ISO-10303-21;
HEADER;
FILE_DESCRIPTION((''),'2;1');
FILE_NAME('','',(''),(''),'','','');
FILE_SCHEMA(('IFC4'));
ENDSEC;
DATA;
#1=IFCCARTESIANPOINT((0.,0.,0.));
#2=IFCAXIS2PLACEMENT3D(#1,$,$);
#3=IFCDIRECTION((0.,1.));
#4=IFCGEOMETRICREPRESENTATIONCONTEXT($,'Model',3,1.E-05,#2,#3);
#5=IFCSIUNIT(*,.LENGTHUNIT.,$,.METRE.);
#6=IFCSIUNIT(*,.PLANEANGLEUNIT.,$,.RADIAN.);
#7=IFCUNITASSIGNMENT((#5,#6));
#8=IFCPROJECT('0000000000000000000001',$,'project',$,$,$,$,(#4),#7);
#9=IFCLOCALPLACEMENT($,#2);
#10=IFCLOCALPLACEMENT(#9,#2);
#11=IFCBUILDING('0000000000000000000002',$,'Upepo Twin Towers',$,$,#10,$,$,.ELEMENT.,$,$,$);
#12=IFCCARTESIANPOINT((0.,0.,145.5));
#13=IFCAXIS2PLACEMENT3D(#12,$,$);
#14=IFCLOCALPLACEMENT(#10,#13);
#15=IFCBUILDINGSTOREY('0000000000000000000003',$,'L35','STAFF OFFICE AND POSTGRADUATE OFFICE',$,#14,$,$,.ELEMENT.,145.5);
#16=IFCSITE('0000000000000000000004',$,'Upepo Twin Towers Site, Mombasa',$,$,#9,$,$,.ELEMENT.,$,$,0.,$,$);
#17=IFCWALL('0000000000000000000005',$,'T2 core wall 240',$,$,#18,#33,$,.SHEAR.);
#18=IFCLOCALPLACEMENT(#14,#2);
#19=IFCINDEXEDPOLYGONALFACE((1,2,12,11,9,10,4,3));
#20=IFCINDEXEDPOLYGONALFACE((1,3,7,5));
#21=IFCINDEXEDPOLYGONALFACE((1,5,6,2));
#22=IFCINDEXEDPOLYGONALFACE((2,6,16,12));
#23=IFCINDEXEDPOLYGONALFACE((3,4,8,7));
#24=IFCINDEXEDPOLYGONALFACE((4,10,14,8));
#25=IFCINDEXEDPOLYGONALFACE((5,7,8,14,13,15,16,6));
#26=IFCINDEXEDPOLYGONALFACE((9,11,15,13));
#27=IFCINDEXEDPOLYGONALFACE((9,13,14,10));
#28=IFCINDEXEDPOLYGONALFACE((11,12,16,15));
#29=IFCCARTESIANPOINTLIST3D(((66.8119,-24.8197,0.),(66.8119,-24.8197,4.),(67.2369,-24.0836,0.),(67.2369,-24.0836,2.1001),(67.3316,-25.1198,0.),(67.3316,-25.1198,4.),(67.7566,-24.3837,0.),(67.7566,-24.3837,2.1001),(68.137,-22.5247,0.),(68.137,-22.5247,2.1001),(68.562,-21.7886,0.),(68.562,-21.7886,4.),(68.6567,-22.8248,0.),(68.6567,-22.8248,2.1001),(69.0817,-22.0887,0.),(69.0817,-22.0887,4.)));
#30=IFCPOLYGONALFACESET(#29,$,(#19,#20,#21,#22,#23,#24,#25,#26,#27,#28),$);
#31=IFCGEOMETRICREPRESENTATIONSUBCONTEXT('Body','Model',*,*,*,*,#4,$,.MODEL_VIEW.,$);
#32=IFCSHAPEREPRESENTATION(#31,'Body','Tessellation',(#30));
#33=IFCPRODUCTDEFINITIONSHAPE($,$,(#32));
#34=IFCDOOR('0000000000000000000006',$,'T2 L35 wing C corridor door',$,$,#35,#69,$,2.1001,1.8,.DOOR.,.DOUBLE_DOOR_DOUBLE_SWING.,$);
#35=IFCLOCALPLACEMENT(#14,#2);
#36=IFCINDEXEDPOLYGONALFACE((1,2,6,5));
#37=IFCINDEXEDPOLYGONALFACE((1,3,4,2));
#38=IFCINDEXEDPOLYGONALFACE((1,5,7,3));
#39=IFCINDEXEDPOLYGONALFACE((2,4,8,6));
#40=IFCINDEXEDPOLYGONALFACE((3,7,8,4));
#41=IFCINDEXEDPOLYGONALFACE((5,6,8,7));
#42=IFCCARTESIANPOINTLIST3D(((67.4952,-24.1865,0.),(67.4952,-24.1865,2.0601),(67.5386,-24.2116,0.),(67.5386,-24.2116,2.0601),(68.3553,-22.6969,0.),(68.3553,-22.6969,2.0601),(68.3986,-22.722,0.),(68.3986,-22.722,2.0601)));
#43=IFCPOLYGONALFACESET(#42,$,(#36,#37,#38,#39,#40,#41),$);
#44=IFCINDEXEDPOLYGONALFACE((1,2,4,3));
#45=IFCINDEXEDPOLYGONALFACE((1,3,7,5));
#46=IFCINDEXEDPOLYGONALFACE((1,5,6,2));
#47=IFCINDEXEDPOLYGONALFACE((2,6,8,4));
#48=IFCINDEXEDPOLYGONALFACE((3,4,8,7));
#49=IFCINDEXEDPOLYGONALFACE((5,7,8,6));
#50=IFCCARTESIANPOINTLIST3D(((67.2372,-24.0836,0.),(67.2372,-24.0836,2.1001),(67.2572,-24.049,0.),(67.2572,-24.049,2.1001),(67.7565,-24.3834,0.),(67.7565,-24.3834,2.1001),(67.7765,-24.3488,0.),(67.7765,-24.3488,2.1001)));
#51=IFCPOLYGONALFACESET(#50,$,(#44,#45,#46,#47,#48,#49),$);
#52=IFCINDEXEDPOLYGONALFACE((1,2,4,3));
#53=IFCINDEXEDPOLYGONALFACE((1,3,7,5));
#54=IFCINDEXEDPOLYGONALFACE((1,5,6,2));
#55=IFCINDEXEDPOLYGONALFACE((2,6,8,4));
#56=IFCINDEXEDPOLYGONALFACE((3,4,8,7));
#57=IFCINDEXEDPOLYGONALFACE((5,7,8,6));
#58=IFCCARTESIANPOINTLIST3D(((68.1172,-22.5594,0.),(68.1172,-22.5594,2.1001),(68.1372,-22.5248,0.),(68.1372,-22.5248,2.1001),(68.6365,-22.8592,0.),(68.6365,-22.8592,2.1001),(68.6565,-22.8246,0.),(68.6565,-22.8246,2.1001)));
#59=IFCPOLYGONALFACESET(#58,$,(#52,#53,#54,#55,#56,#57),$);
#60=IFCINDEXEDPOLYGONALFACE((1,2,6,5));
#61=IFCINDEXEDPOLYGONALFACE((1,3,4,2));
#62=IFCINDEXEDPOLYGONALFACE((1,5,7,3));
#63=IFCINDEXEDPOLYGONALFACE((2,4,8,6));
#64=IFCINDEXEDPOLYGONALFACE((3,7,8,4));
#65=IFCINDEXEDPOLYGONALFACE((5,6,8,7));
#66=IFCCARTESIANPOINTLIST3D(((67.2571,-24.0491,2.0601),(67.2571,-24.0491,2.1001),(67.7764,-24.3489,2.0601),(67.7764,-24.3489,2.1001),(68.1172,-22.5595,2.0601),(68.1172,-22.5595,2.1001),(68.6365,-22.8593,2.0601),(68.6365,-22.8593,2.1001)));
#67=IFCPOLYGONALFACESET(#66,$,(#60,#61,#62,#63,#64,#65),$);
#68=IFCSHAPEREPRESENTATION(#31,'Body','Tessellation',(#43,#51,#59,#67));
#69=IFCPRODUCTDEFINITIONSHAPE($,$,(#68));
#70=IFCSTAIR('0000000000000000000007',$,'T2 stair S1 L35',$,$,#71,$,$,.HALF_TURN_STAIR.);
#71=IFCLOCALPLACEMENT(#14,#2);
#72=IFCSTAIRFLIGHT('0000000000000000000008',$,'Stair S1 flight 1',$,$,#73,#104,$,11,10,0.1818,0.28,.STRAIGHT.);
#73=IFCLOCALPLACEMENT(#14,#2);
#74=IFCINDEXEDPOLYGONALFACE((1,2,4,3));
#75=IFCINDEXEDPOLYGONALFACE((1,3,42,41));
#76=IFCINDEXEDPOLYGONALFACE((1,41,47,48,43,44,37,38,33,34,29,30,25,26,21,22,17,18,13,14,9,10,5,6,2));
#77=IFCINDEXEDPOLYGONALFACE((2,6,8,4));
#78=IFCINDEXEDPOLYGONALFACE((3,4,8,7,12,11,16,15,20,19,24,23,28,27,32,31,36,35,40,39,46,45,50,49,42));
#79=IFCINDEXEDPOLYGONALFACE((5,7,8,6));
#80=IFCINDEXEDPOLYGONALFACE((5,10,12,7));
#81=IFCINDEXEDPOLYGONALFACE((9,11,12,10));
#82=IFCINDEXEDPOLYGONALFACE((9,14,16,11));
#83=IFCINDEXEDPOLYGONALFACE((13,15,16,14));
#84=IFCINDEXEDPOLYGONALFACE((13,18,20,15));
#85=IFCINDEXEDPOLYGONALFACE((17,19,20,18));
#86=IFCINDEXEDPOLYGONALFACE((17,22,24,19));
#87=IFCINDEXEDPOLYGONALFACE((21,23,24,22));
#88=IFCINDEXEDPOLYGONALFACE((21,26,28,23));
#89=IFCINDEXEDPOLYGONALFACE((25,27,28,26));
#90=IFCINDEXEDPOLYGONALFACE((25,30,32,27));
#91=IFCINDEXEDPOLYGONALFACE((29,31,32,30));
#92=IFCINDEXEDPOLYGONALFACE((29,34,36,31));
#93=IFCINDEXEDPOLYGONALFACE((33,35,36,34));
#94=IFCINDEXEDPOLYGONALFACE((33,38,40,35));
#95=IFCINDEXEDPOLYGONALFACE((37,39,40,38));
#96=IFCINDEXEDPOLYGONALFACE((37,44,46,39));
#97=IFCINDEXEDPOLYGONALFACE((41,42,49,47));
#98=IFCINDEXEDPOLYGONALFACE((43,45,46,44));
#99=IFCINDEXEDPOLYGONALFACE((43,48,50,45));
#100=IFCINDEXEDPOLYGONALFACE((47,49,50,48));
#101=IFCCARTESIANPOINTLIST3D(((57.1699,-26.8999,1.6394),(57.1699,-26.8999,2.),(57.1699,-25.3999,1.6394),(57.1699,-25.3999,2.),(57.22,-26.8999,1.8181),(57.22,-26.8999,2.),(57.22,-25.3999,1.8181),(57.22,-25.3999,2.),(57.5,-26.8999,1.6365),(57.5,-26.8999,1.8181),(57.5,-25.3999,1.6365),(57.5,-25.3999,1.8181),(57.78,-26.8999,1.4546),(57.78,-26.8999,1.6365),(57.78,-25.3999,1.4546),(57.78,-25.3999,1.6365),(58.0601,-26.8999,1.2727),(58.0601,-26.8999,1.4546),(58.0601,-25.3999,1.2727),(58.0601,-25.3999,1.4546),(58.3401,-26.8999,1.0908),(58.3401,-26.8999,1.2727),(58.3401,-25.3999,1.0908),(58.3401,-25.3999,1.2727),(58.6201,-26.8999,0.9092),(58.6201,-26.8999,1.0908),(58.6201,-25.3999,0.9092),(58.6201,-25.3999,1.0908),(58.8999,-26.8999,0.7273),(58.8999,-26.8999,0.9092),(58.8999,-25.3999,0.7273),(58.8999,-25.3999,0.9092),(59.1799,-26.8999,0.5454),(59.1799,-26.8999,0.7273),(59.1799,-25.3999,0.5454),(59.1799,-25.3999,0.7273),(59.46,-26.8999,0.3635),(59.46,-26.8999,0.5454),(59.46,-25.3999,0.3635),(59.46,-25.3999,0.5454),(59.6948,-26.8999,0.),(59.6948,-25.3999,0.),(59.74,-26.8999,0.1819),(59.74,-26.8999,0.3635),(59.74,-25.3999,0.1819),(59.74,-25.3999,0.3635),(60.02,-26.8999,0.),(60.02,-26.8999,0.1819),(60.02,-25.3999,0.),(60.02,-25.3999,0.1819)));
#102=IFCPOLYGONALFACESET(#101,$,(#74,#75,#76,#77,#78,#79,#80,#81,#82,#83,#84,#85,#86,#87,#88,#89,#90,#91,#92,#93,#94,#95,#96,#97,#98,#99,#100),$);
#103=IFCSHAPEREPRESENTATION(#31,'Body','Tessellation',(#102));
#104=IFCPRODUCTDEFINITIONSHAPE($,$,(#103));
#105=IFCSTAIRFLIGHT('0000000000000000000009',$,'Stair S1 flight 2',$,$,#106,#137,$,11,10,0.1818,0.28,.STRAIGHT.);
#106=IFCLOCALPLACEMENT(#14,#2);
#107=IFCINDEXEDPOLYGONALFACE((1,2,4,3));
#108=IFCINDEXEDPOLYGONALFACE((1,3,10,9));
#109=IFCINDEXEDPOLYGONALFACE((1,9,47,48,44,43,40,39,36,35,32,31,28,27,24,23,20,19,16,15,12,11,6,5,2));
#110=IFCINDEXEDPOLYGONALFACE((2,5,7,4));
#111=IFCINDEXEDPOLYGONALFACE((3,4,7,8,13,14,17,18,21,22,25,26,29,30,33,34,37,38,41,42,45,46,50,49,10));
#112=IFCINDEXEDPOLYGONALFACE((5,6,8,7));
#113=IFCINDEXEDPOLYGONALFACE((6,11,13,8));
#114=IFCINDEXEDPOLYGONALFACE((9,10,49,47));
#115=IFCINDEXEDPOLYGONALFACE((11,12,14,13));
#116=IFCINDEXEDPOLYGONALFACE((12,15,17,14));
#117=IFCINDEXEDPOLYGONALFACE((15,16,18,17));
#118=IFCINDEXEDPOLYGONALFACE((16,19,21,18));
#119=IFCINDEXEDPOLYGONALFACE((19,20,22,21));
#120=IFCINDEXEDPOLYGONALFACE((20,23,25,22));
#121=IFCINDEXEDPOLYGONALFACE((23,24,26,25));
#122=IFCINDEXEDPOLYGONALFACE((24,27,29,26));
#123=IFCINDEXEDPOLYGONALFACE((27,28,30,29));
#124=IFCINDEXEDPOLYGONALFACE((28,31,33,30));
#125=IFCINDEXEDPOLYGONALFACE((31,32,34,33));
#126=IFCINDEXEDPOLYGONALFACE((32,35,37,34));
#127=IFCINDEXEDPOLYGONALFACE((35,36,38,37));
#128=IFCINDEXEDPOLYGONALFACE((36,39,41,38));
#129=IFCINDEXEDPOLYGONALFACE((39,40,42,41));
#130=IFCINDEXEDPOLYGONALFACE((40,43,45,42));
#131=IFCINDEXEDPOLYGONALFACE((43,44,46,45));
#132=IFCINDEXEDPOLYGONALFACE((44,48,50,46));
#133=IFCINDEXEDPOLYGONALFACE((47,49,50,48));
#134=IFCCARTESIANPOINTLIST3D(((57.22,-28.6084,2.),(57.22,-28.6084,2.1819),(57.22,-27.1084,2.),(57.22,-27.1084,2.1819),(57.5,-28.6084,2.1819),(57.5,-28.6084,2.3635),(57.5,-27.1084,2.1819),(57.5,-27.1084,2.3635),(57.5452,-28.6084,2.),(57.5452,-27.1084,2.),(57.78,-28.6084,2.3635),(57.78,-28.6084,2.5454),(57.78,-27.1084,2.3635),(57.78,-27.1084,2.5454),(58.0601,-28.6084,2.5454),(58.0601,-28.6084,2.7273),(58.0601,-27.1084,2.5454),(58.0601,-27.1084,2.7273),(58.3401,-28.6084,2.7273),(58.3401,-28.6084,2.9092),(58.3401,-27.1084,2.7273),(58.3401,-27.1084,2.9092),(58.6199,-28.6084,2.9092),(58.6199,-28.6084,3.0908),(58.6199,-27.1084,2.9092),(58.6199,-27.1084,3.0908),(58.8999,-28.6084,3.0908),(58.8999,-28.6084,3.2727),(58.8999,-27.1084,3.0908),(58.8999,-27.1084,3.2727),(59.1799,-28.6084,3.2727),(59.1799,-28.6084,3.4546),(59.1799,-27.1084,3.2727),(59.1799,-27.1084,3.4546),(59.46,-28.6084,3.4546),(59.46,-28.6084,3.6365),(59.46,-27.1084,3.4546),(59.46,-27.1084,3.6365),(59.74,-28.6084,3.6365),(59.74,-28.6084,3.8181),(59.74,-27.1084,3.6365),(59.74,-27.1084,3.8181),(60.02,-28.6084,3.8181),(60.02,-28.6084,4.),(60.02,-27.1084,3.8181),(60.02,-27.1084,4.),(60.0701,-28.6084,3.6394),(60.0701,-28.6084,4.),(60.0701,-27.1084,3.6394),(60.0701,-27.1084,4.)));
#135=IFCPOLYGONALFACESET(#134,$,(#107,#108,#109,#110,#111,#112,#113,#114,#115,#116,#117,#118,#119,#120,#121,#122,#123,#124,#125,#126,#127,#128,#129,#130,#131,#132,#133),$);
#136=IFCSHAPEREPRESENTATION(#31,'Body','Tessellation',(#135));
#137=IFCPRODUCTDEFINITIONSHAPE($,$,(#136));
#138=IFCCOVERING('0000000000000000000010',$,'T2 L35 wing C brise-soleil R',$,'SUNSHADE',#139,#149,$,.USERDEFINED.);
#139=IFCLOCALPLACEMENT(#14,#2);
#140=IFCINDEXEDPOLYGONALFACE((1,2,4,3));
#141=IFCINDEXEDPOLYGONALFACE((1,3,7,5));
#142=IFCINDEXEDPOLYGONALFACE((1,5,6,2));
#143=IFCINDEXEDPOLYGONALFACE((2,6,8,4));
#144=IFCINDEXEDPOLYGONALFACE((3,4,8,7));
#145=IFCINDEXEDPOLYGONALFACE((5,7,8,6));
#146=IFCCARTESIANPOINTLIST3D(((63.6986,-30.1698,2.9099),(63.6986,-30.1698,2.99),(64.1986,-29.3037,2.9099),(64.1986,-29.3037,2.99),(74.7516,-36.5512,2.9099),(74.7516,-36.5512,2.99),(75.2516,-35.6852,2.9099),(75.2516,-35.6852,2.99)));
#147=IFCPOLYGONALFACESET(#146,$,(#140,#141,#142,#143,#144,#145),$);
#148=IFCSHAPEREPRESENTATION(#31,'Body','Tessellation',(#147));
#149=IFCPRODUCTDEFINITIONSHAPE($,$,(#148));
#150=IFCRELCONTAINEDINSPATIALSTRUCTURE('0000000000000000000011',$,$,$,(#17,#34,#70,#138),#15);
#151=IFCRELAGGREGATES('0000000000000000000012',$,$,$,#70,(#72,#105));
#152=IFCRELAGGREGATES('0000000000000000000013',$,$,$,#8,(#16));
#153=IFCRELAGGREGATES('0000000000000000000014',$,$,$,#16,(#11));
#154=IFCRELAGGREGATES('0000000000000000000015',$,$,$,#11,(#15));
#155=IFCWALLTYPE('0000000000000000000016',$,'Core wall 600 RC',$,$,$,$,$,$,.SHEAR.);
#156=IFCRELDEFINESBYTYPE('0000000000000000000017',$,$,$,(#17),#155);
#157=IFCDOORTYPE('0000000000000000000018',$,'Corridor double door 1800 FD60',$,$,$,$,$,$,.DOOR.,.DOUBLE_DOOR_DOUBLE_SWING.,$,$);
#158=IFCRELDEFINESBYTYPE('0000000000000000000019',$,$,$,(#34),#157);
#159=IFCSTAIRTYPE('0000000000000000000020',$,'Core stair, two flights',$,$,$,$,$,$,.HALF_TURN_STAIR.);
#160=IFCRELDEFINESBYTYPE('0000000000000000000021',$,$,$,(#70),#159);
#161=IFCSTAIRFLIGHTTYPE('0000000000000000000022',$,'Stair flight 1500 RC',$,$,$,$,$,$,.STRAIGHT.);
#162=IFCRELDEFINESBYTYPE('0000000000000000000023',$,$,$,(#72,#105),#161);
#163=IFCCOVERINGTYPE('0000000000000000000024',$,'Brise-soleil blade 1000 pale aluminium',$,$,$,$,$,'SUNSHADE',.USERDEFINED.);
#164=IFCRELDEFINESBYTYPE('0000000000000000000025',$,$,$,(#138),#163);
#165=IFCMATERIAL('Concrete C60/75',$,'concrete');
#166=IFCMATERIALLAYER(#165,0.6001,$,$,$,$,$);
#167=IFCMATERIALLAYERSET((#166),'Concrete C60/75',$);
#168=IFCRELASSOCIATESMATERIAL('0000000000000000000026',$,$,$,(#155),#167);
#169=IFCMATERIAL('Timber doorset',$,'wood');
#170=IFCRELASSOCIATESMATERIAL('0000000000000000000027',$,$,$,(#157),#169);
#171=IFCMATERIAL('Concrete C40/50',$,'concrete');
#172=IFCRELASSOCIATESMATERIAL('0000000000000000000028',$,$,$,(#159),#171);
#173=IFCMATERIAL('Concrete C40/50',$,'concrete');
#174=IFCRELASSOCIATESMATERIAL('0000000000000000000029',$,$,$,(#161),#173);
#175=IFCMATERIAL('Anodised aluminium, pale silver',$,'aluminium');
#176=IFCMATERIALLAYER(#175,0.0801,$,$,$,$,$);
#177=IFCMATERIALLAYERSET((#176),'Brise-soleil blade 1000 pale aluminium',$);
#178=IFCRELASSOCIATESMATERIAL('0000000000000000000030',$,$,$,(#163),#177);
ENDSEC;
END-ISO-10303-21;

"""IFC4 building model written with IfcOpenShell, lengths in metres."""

from ifc_helpers import new_model, si_unit, direction, frame, frame_2d, origin, origin_2d, place, context, subcontext, project, spatial, polyline, rectangle, outline, extrude, material, layer, layer_set, type_object, element, fill, aggregate, save


model = new_model("IFC4")

# Units and contexts
model_context = context("Model", 3, precision=1e-05, world=origin(), true_north=direction((0.0, 1.0)))
body_context = subcontext(model_context, "Body", "Model", "MODEL_VIEW")
ifc_project = project(units=[si_unit("LENGTHUNIT", "METRE"), si_unit("PLANEANGLEUNIT", "RADIAN")], contexts=[model_context])

# Site, building, storey
site_placement = place(None, origin())
site = spatial("IfcSite", under=ifc_project, at=site_placement, Name="Upepo Twin Towers Site, Mombasa", CompositionType="ELEMENT", RefElevation=0.0)
building_placement = place(site_placement, origin())
building = spatial("IfcBuilding", under=site, at=building_placement, Name="Upepo Twin Towers", CompositionType="ELEMENT")
storey_placement = place(building_placement, frame((0.0, 0.0, 145.5)))
storey = spatial("IfcBuildingStorey", under=building, at=storey_placement, Name="L35", Description="STAFF OFFICE AND POSTGRADUATE OFFICE", CompositionType="ELEMENT", Elevation=145.5)

# Shared definitions
ifc_material_1 = material(Name="Concrete C60/75", Category="concrete")
ifc_layer_1 = layer(ifc_material_1, 0.6001)
ifc_layer_set_1 = layer_set([ifc_layer_1], Name="Concrete C60/75")
wall_type_1 = type_object("IfcWallType", Name="Core wall 600 RC", PredefinedType="SHEAR", material=ifc_layer_set_1)

# Wall, opening, door
wall_1_placement = place(storey_placement, frame((67.0718, -24.9697, 0.0), z_axis=(0.0, 0.0, 1.0), x_axis=(0.50001, 0.866019, 0.0)))
wall_1 = element("IfcWall", 1, at=wall_1_placement, inside=storey, type_object=wall_type_1, Name="T2 core wall 240", PredefinedType="SHEAR", context=body_context, shape_type="SweptSolid", body=[
    extrude(rectangle(XDim=3.5, YDim=0.6001, at=frame_2d((1.75, 0.0))), origin(), (0.0, 0.0, 1.0), 4.0),
])
opening_1_placement = place(wall_1_placement, frame((0.8501, 0.0, 0.0)))
opening_1 = element("IfcOpeningElement", 2, at=opening_1_placement, cuts=wall_1, PredefinedType="OPENING", context=body_context, shape_type="SweptSolid", body=[
    extrude(rectangle(XDim=1.8, YDim=2.1001, at=frame_2d((0.8999, 1.05))), frame((0.0, 0.3101, 0.0), z_axis=(0.0, -1.0, 0.0), x_axis=(1.0, 0.0, 0.0)), (0.0, 0.0, 1.0), 0.6201),
])
ifc_material_2 = material(Name="Timber doorset", Category="wood")
door_type_1 = type_object("IfcDoorType", Name="Corridor double door 1800 FD60", OperationType="DOUBLE_DOOR_DOUBLE_SWING", PredefinedType="DOOR", material=ifc_material_2)
door_1_placement = place(opening_1_placement, origin())
door_1 = element("IfcDoor", 3, at=door_1_placement, inside=storey, type_object=door_type_1, Name="T2 L35 wing C corridor door", OperationType="DOUBLE_DOOR_DOUBLE_SWING", OverallHeight=2.1001, OverallWidth=1.8, PredefinedType="DOOR", context=body_context, shape_type="SweptSolid", body=[
    extrude(rectangle(XDim=1.72, YDim=2.0601, at=frame_2d((0.8999, 1.03))), frame((0.0, 0.0249, 0.0), z_axis=(0.0, -1.0, 0.0), x_axis=(1.0, 0.0, 0.0)), (0.0, 0.0, 1.0), 0.05),
    extrude(rectangle(XDim=0.04, YDim=2.1001, at=frame_2d((0.02, 1.05))), frame((0.0, 0.2998, 0.0), z_axis=(0.0, -1.0, 0.0), x_axis=(1.0, 0.0, 0.0)), (0.0, 0.0, 1.0), 0.5996),
    extrude(rectangle(XDim=0.04, YDim=2.1001, at=frame_2d((1.78, 1.05))), frame((0.0, 0.2998, 0.0), z_axis=(0.0, -1.0, 0.0), x_axis=(1.0, 0.0, 0.0)), (0.0, 0.0, 1.0), 0.5996),
    extrude(rectangle(XDim=1.72, YDim=0.04, at=frame_2d((0.8999, 2.0801))), frame((0.0, 0.2998, 0.0), z_axis=(0.0, -1.0, 0.0), x_axis=(1.0, 0.0, 0.0)), (0.0, 0.0, 1.0), 0.5996),
])
fill(opening_1, door_1)

# Stair, stair flights
ifc_material_3 = material(Name="Concrete C40/50", Category="concrete")
stair_type = type_object("IfcStairType", Name="Core stair, two flights", PredefinedType="HALF_TURN_STAIR", material=ifc_material_3)
stair_placement = place(storey_placement, origin())
stair = element("IfcStair", 4, at=stair_placement, inside=storey, type_object=stair_type, Name="T2 stair S1 L35", PredefinedType="HALF_TURN_STAIR")
ifc_material_4 = material(Name="Concrete C40/50", Category="concrete")
stair_flight_type = type_object("IfcStairFlightType", Name="Stair flight 1500 RC", PredefinedType="STRAIGHT", material=ifc_material_4)
stair_flight_1_placement = place(storey_placement, frame((60.02, -26.1499, 0.0), z_axis=(0.0, 0.0, 1.0), x_axis=(-1.0, 0.0, 0.0)))
stair_flight_1 = element("IfcStairFlight", 5, at=stair_flight_1_placement, type_object=stair_flight_type, Name="Stair S1 flight 1", NumberOfRisers=11, NumberOfTreads=10, PredefinedType="STRAIGHT", RiserHeight=0.1818, TreadLength=0.28, context=body_context, shape_type="SweptSolid", body=[
    extrude(outline(polyline([(0.0, 0.0), (0.0, 0.1819), (0.28, 0.1819), (0.28, 0.3635), (0.5601, 0.3635), (0.5601, 0.5454), (0.8401, 0.5454), (0.8401, 0.7273), (1.1201, 0.7273), (1.1201, 0.9092), (1.3999, 0.9092), (1.3999, 1.0908), (1.6799, 1.0908), (1.6799, 1.2727), (1.96, 1.2727), (1.96, 1.4546), (2.24, 1.4546), (2.24, 1.6365), (2.52, 1.6365), (2.52, 1.8181), (2.8, 1.8181), (2.8, 2.0), (2.8501, 2.0), (2.8501, 1.6394), (0.3252, 0.0), (0.0, 0.0)])), frame((0.0, 0.75, 0.0), z_axis=(0.0, -1.0, 0.0), x_axis=(1.0, 0.0, 0.0)), (0.0, 0.0, 1.0), 1.5),
])
stair_flight_2_placement = place(storey_placement, frame((57.22, -27.8584, 2.0), z_axis=(0.0, 0.0, 1.0), x_axis=(1.0, 0.0, 0.0)))
stair_flight_2 = element("IfcStairFlight", 6, at=stair_flight_2_placement, type_object=stair_flight_type, Name="Stair S1 flight 2", NumberOfRisers=11, NumberOfTreads=10, PredefinedType="STRAIGHT", RiserHeight=0.1818, TreadLength=0.28, context=body_context, shape_type="SweptSolid", body=[
    extrude(outline(polyline([(0.0, 0.0), (0.0, 0.1819), (0.28, 0.1819), (0.28, 0.3635), (0.5601, 0.3635), (0.5601, 0.5454), (0.8401, 0.5454), (0.8401, 0.7273), (1.1201, 0.7273), (1.1201, 0.9092), (1.3999, 0.9092), (1.3999, 1.0908), (1.6799, 1.0908), (1.6799, 1.2727), (1.96, 1.2727), (1.96, 1.4546), (2.24, 1.4546), (2.24, 1.6365), (2.52, 1.6365), (2.52, 1.8181), (2.8, 1.8181), (2.8, 2.0), (2.8501, 2.0), (2.8501, 1.6394), (0.3252, 0.0), (0.0, 0.0)])), frame((0.0, 0.75, 0.0), z_axis=(0.0, -1.0, 0.0), x_axis=(1.0, 0.0, 0.0)), (0.0, 0.0, 1.0), 1.5),
])
aggregate(stair, [stair_flight_1, stair_flight_2])

# Covering
ifc_material_5 = material(Name="Anodised aluminium, pale silver", Category="aluminium")
ifc_layer_2 = layer(ifc_material_5, 0.0801)
ifc_layer_set_2 = layer_set([ifc_layer_2], Name="Brise-soleil blade 1000 pale aluminium")
covering_type = type_object("IfcCoveringType", Name="Brise-soleil blade 1000 pale aluminium", ElementType="SUNSHADE", PredefinedType="USERDEFINED", material=ifc_layer_set_2)
covering_placement = place(storey_placement, frame((69.4751, -32.9275, 2.9099), z_axis=(0.0, 0.0, 1.0), x_axis=(0.866025, -0.5, 0.0)))
element("IfcCovering", 7, at=covering_placement, inside=storey, type_object=covering_type, Name="T2 L35 wing C brise-soleil R", ObjectType="SUNSHADE", PredefinedType="USERDEFINED", context=body_context, shape_type="SweptSolid", body=[
    extrude(rectangle(XDim=12.7629, YDim=1.0, at=origin_2d()), origin(), (0.0, 0.0, 1.0), 0.0801),
])

save(model, "model.ifc")
